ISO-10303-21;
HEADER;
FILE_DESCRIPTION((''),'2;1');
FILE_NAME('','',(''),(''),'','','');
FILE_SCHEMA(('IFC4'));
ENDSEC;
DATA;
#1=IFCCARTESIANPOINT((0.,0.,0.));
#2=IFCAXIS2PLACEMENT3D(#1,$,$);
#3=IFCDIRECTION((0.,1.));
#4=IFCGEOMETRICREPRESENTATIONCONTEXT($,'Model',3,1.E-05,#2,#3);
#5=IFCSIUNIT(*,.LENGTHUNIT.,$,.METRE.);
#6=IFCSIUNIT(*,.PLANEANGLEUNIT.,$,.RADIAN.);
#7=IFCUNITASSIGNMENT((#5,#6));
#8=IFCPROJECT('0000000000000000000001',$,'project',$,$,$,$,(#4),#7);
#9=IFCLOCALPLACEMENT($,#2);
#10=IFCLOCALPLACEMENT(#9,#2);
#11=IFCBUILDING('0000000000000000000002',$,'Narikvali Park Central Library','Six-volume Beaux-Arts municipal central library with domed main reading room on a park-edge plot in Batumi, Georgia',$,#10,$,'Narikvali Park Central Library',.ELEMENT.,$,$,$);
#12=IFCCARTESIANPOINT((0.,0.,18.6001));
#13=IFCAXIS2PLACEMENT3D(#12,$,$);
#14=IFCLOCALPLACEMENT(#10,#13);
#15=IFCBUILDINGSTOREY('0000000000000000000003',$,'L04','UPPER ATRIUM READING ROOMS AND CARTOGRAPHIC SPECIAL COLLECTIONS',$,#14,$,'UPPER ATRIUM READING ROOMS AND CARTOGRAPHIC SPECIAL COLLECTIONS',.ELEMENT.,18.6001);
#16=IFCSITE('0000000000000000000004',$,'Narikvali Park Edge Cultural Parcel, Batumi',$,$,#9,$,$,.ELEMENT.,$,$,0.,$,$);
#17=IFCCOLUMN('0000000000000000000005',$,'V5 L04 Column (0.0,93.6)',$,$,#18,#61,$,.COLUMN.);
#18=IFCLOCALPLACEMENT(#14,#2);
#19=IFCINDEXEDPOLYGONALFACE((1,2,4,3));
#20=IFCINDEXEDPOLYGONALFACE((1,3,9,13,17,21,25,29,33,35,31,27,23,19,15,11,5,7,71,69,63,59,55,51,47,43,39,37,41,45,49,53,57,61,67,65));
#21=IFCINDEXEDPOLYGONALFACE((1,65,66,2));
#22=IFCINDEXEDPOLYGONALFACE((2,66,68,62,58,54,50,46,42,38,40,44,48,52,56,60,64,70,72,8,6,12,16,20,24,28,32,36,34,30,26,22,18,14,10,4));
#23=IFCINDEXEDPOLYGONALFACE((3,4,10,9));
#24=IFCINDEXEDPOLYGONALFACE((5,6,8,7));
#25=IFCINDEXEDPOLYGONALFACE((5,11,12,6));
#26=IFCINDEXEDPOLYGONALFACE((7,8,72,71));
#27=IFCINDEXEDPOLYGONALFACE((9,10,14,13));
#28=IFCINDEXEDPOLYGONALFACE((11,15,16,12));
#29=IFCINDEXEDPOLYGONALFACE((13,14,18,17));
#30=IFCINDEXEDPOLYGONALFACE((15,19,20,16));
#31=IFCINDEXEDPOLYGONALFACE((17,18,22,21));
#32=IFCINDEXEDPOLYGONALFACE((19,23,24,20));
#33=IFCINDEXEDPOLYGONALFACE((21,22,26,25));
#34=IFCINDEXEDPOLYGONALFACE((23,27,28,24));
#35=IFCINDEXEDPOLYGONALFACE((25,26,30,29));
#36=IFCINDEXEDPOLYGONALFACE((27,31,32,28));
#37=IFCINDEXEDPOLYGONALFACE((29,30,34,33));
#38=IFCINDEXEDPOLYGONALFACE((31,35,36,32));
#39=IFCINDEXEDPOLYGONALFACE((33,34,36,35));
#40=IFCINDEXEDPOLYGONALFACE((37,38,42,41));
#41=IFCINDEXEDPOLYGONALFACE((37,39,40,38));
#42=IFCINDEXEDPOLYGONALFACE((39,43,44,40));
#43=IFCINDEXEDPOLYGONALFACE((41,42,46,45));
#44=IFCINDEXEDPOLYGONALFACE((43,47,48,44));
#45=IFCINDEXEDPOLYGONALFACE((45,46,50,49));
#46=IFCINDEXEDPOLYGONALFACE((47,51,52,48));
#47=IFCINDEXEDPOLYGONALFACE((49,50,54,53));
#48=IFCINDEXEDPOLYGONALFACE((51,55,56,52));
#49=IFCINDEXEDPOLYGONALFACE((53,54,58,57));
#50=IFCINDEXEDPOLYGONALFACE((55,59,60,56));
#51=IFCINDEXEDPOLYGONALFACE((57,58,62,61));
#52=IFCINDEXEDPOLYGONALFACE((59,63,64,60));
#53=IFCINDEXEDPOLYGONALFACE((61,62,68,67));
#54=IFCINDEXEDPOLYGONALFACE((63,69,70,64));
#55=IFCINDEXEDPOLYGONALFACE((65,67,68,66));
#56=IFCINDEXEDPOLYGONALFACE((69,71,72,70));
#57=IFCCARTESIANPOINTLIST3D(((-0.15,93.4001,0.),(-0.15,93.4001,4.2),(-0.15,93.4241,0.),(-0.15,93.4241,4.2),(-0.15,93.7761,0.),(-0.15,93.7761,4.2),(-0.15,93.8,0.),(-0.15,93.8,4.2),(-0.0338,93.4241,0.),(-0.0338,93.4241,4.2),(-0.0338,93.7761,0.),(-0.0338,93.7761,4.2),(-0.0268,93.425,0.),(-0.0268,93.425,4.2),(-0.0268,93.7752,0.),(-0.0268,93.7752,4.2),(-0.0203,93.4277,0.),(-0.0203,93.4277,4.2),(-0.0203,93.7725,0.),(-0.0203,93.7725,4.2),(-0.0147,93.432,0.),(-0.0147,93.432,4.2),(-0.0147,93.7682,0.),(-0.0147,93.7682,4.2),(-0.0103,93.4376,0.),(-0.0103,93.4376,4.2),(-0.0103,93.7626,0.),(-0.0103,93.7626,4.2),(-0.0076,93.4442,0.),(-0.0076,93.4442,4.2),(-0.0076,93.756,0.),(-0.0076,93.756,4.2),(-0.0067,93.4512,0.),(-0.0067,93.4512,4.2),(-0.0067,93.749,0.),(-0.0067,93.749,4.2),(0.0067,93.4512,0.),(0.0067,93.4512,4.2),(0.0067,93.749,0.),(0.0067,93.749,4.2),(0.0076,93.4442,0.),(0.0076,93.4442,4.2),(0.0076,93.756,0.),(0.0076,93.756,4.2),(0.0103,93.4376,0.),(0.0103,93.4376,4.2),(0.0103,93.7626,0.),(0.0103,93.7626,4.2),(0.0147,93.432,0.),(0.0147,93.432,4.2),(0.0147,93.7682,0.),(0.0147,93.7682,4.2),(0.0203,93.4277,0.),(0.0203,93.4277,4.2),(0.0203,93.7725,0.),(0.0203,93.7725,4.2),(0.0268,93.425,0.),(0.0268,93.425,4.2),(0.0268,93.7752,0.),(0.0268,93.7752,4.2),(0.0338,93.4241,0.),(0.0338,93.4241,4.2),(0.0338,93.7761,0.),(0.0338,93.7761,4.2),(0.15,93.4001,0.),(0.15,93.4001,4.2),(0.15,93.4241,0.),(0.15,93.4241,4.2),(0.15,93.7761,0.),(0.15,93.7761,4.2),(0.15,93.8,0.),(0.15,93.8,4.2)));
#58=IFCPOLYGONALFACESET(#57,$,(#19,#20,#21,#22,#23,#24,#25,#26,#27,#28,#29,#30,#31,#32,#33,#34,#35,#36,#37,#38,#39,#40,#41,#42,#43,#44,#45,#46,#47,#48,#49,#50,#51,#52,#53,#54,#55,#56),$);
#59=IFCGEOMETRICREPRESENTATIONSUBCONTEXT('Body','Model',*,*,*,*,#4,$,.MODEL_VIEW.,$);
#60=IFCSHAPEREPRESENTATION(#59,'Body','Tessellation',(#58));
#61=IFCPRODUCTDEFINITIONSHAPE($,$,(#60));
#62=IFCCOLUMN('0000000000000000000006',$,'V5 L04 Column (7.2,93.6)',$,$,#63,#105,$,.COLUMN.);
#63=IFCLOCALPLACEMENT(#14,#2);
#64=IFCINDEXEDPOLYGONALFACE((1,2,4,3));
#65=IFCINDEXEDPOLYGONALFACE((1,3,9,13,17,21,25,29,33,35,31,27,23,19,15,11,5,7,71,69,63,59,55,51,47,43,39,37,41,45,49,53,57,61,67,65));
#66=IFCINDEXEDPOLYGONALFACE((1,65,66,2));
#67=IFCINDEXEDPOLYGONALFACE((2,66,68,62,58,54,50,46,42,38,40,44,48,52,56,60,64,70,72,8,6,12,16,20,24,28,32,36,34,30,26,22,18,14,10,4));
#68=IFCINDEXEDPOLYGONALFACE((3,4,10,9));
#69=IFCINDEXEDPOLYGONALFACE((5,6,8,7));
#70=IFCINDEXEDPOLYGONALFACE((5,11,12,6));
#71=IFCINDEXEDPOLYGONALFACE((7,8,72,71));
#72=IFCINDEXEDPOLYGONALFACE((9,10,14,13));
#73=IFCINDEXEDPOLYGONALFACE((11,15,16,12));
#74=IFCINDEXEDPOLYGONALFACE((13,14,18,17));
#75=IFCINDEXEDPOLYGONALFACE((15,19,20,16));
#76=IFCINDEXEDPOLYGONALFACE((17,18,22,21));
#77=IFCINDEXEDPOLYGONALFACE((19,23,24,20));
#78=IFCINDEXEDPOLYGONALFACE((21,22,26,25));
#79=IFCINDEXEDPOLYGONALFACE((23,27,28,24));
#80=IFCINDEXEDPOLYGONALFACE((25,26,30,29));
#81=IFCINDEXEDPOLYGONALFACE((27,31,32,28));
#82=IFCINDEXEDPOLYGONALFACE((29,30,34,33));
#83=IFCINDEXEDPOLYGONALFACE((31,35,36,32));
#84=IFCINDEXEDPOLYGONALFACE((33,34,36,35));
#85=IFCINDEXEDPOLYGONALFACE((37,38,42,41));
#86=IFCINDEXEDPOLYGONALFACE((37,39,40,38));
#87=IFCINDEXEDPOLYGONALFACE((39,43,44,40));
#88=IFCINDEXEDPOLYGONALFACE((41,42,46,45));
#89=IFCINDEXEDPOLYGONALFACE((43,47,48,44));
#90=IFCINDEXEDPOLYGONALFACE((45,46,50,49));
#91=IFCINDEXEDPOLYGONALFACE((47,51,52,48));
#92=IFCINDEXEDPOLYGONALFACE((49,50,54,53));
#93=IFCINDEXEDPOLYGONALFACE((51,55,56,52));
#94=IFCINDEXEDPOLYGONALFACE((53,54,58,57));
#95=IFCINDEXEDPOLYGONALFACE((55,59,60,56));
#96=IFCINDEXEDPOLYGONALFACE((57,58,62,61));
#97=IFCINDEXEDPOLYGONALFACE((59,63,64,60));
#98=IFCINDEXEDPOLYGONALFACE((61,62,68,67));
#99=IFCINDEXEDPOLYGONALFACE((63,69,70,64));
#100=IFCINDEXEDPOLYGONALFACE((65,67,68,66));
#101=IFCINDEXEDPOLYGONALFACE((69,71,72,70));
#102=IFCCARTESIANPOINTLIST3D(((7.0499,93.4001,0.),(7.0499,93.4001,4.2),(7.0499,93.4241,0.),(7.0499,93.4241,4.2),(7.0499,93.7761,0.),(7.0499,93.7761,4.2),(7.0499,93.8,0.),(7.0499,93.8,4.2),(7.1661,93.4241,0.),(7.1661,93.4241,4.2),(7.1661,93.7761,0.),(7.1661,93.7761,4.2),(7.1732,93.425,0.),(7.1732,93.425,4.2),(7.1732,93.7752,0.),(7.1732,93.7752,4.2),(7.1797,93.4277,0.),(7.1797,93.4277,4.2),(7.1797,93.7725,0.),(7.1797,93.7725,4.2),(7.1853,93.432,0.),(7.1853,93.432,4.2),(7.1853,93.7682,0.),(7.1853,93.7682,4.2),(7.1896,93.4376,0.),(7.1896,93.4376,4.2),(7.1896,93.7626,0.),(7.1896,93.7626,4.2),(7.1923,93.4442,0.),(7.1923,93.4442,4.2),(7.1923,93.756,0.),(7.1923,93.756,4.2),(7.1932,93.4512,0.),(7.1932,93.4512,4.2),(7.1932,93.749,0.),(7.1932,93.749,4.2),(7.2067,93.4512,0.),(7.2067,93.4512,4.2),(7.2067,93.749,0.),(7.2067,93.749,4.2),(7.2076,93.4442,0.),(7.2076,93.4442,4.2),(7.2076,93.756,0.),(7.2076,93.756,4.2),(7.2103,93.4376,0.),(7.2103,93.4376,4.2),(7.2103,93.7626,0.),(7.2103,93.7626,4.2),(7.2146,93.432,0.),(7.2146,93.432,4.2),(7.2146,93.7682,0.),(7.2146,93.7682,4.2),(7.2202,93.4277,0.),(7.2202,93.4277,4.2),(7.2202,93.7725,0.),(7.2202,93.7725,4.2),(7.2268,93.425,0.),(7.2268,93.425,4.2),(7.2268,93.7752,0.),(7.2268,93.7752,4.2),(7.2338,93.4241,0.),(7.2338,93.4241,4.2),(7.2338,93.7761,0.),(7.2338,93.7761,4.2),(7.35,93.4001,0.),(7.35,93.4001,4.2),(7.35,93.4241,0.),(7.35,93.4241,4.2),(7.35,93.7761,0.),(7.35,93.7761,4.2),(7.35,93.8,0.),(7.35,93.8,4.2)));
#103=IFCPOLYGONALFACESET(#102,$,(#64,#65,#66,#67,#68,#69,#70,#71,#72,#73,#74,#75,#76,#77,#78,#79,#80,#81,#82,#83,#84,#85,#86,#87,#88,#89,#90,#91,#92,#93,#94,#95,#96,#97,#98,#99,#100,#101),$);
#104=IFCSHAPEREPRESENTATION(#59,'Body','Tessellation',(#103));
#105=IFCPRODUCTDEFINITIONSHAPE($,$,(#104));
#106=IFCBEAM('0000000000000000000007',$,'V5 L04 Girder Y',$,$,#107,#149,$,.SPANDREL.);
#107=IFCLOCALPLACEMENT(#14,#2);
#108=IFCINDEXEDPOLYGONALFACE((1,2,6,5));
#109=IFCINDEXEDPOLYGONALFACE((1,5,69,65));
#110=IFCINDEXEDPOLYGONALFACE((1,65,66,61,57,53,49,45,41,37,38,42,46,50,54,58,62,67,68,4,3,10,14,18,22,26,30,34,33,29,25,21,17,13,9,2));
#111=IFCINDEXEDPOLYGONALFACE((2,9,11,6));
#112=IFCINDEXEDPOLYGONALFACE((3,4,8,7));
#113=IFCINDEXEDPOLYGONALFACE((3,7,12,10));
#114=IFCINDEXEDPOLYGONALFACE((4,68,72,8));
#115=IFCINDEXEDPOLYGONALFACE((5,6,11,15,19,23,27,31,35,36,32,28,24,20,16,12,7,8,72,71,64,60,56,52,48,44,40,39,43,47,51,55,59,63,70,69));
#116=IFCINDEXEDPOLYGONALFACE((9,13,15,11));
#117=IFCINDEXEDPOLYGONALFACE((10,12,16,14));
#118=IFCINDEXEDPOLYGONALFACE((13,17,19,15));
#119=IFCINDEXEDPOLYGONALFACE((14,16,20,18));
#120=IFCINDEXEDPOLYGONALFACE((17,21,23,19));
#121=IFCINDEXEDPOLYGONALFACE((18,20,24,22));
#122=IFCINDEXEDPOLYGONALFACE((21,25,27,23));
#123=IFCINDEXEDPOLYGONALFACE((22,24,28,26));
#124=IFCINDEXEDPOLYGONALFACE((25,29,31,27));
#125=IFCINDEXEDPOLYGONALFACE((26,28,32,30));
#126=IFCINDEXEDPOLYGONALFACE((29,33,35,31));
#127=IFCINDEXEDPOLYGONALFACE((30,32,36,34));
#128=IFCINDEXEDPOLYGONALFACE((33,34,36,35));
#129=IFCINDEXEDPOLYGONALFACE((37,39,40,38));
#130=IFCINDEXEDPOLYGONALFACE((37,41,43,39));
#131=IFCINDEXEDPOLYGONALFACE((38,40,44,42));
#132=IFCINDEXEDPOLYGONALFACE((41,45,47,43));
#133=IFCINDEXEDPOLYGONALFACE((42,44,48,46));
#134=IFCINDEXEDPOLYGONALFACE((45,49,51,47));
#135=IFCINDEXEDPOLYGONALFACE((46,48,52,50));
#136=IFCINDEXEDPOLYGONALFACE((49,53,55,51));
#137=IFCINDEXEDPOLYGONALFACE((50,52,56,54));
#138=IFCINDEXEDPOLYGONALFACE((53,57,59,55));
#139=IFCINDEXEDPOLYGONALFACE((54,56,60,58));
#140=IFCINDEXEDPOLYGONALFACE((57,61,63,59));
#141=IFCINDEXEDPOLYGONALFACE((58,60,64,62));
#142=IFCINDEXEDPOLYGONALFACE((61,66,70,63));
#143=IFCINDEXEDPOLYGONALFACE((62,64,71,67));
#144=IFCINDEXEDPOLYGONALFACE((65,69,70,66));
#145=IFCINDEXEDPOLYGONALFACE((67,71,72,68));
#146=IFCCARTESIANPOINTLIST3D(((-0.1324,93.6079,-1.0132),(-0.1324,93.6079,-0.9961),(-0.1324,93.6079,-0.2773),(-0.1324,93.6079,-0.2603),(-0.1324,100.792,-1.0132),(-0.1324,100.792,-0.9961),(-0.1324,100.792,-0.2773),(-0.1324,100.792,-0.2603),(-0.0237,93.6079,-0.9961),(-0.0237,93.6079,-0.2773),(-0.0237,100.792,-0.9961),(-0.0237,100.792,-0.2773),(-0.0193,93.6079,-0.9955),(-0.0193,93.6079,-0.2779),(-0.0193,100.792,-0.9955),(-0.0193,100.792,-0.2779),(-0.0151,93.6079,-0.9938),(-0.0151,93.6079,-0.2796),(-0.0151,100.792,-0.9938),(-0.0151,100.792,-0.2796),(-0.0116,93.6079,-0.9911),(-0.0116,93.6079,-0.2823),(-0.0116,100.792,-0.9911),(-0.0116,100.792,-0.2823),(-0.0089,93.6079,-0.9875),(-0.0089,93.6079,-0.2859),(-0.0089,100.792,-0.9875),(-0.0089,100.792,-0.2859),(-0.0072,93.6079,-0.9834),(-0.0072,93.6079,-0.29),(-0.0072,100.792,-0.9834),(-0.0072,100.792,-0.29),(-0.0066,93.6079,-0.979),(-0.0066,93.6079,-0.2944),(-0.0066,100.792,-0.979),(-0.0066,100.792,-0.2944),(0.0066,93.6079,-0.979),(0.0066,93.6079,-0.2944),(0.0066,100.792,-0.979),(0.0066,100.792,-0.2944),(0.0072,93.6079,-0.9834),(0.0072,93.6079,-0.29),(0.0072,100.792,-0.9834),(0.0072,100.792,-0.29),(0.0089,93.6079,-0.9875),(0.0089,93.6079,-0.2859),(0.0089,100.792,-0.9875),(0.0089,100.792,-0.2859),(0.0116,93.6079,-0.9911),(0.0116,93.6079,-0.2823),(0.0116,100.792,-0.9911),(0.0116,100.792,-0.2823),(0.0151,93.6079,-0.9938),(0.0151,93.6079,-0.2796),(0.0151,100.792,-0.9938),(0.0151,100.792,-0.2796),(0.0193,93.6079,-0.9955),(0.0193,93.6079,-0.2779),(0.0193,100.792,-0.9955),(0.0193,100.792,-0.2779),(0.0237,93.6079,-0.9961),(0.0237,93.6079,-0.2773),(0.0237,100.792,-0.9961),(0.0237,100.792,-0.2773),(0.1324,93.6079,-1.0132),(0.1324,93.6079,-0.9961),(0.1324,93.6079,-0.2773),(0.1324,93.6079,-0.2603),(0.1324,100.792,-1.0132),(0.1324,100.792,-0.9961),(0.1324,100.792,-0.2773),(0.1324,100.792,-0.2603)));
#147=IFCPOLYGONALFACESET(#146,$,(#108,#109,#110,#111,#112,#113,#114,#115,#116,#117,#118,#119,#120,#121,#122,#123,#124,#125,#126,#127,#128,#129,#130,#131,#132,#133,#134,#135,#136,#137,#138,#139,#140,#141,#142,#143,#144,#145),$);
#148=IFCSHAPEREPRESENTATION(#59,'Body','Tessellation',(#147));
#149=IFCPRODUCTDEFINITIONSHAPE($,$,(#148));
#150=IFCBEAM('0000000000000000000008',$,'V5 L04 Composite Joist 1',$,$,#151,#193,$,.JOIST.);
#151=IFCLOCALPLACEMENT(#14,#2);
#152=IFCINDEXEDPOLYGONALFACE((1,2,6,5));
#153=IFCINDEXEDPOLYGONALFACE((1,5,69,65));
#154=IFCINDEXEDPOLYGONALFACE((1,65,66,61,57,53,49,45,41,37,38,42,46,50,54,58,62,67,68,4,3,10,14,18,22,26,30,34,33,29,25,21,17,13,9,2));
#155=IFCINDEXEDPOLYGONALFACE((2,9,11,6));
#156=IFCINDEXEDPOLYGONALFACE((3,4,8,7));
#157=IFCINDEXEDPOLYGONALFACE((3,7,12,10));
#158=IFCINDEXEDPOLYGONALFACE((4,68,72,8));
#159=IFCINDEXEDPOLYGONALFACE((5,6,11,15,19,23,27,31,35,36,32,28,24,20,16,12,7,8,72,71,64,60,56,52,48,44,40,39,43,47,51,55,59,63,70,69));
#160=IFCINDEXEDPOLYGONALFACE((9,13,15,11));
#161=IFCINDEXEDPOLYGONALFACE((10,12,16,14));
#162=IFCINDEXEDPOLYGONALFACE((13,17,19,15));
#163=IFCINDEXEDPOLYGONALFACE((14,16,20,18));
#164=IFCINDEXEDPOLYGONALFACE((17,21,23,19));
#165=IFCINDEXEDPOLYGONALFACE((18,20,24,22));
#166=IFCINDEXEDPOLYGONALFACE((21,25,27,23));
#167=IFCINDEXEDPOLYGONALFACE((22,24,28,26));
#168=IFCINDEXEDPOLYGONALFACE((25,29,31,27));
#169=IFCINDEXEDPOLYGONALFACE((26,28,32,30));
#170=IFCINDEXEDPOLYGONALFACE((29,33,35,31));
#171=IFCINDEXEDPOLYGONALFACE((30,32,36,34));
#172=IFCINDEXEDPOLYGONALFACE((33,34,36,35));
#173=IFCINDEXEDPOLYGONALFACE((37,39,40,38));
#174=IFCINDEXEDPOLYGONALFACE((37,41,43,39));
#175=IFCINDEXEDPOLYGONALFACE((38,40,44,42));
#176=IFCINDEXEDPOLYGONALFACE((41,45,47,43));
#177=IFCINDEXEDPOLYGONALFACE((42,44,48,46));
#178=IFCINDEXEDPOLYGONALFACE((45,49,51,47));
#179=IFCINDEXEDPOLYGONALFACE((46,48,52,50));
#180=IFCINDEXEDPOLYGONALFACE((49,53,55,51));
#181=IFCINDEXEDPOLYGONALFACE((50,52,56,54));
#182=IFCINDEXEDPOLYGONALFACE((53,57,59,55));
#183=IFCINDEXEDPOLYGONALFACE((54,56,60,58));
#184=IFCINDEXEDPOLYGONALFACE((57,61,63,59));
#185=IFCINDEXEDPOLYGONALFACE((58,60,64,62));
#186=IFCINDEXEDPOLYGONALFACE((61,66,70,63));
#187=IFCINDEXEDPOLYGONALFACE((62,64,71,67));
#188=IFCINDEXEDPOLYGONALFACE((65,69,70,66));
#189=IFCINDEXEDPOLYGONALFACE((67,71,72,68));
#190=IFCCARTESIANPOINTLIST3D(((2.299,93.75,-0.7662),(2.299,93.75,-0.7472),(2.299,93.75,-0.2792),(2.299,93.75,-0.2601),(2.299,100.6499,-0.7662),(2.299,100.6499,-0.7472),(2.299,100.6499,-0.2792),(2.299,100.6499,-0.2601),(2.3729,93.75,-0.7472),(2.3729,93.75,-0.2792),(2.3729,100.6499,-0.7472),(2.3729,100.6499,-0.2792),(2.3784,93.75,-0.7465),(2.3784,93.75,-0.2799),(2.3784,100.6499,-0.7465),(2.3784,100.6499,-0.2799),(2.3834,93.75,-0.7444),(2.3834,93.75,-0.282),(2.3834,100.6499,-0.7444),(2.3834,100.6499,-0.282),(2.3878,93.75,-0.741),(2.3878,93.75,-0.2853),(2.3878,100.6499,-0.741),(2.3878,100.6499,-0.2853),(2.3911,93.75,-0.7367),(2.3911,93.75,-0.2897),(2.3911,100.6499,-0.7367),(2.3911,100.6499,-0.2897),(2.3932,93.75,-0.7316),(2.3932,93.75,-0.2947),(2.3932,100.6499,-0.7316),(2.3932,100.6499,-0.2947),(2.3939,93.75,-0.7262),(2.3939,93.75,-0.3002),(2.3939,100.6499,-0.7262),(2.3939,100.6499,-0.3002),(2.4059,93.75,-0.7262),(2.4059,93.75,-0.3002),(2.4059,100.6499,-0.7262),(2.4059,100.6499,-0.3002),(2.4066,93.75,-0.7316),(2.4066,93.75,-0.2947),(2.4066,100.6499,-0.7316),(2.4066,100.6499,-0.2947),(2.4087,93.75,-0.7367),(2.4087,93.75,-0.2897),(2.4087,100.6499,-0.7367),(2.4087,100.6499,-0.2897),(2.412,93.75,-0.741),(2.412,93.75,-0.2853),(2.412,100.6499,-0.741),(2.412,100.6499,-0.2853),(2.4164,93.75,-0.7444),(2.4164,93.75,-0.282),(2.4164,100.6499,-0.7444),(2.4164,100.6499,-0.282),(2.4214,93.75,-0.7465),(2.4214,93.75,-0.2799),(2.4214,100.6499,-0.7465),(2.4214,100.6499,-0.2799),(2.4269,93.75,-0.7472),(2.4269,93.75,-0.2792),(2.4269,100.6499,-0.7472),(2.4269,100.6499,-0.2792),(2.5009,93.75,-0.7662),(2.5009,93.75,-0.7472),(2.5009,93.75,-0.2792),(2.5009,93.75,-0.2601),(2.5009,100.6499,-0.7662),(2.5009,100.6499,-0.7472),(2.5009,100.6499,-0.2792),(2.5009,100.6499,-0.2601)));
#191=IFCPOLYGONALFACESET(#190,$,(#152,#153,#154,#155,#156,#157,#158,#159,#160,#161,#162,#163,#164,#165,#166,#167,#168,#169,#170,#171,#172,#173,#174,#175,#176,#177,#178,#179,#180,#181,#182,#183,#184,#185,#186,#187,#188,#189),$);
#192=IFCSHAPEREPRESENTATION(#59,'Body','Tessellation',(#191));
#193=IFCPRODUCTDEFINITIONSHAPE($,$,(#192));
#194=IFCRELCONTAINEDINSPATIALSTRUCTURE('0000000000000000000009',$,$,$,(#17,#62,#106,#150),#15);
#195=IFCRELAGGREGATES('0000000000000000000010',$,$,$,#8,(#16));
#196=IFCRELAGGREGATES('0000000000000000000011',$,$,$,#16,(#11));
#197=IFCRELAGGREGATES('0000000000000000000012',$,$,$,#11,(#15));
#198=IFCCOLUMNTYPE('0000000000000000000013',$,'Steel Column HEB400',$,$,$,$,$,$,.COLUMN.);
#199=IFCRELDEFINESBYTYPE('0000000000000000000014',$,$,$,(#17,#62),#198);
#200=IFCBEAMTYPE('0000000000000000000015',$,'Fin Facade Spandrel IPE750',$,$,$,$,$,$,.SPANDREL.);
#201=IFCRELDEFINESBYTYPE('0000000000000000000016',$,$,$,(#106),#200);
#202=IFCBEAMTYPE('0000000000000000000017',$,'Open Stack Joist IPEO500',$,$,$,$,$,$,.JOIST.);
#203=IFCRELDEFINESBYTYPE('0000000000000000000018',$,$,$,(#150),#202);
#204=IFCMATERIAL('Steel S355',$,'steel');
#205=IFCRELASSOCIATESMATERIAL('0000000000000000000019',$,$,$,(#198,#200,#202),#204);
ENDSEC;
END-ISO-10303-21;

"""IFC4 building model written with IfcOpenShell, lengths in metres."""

from ifc_helpers import new_model, si_unit, direction, frame, origin, origin_2d, place, context, subcontext, project, spatial, i_section, extrude, material, material_profile, profile_set, type_object, element, save


model = new_model("IFC4")

# Units and contexts
model_context = context("Model", 3, precision=1e-05, world=origin(), true_north=direction((0.0, 1.0)))
body_context = subcontext(model_context, "Body", "Model", "MODEL_VIEW")
ifc_project = project(units=[si_unit("LENGTHUNIT", "METRE"), si_unit("PLANEANGLEUNIT", "RADIAN")], contexts=[model_context])

# Site, building, storey
site_placement = place(None, origin())
site = spatial("IfcSite", under=ifc_project, at=site_placement, Name="Narikvali Park Edge Cultural Parcel, Batumi", CompositionType="ELEMENT", RefElevation=0.0)
building_placement = place(site_placement, origin())
building = spatial("IfcBuilding", under=site, at=building_placement, Name="Narikvali Park Central Library", Description="Six-volume Beaux-Arts municipal central library with domed main reading room on a park-edge plot in Batumi, Georgia", LongName="Narikvali Park Central Library", CompositionType="ELEMENT")
storey_placement = place(building_placement, frame((0.0, 0.0, 18.6001)))
storey = spatial("IfcBuildingStorey", under=building, at=storey_placement, Name="L04", Description="UPPER ATRIUM READING ROOMS AND CARTOGRAPHIC SPECIAL COLLECTIONS", LongName="UPPER ATRIUM READING ROOMS AND CARTOGRAPHIC SPECIAL COLLECTIONS", CompositionType="ELEMENT", Elevation=18.6001)

# Columns
ifc_material_1 = material(Name="Steel S355", Category="steel")
ifc_material_profile_1 = material_profile(ifc_material_1, i_section(OverallWidth=0.3, OverallDepth=0.3999, WebThickness=0.0134, FlangeThickness=0.0239, FilletRadius=0.0271, at=origin_2d()), Name="HEB 400")
ifc_profile_set_1 = profile_set([ifc_material_profile_1], Name="Steel S355")
column_type = type_object("IfcColumnType", Name="Steel Column HEB400", PredefinedType="COLUMN", material=ifc_profile_set_1)
for number, where, z_axis, x_axis, name in (
    (1, (0.0, 93.6001, 0.0), (0.0, 0.0, 1.0), (1.0, 0.0, 0.0), "V5 L04 Column (0.0,93.6)"),
    (2, (7.2, 93.6001, 0.0), (0.0, 0.0, 1.0), (1.0, 0.0, 0.0), "V5 L04 Column (7.2,93.6)"),
):
    element("IfcColumn", number, at=place(storey_placement, frame(where, z_axis=z_axis, x_axis=x_axis)), inside=storey, type_object=column_type, Name=name, PredefinedType="COLUMN", context=body_context, shape_type="SweptSolid", body=[
        extrude(i_section(OverallWidth=0.3, OverallDepth=0.3999, WebThickness=0.0134, FlangeThickness=0.0239, FilletRadius=0.0271, at=origin_2d()), origin(), (0.0, 0.0, 1.0), 4.2),
    ])

# Beams
ifc_material_profile_2 = material_profile(ifc_material_1, i_section(OverallWidth=0.2649, OverallDepth=0.7529, WebThickness=0.0132, FlangeThickness=0.0171, FilletRadius=0.0171, at=origin_2d()), Name="IPE 750x147")
ifc_profile_set_2 = profile_set([ifc_material_profile_2], Name="Steel S355")
beam_type_1 = type_object("IfcBeamType", Name="Fin Facade Spandrel IPE750", PredefinedType="SPANDREL", material=ifc_profile_set_2)
beam_1_placement = place(storey_placement, frame((0.0, 93.6079, -0.6367), z_axis=(0.0, 1.0, 0.0), x_axis=(-1.0, 0.0, 0.0)))
element("IfcBeam", 3, at=beam_1_placement, inside=storey, type_object=beam_type_1, Name="V5 L04 Girder Y", PredefinedType="SPANDREL", context=body_context, shape_type="SweptSolid", body=[
    extrude(i_section(OverallWidth=0.2649, OverallDepth=0.7529, WebThickness=0.0132, FlangeThickness=0.0171, FilletRadius=0.0171, at=origin_2d()), origin(), (0.0, 0.0, 1.0), 7.1841),
])
ifc_material_profile_3 = material_profile(ifc_material_1, i_section(OverallWidth=0.2019, OverallDepth=0.5061, WebThickness=0.012, FlangeThickness=0.019, FilletRadius=0.021, at=origin_2d()), Name="IPEO 500")
ifc_profile_set_3 = profile_set([ifc_material_profile_3], Name="Steel S355")
beam_type_2 = type_object("IfcBeamType", Name="Open Stack Joist IPEO500", PredefinedType="JOIST", material=ifc_profile_set_3)
for number, where, z_axis, x_axis, name in (
    (4, (2.3999, 93.75, -0.5132), (0.0, 1.0, 0.0), (-1.0, 0.0, 0.0), "V5 L04 Composite Joist 1"),
):
    element("IfcBeam", number, at=place(storey_placement, frame(where, z_axis=z_axis, x_axis=x_axis)), inside=storey, type_object=beam_type_2, Name=name, PredefinedType="JOIST", context=body_context, shape_type="SweptSolid", body=[
        extrude(i_section(OverallWidth=0.2019, OverallDepth=0.5061, WebThickness=0.012, FlangeThickness=0.019, FilletRadius=0.021, at=origin_2d()), origin(), (0.0, 0.0, 1.0), 6.8999),
    ])

save(model, "model.ifc")
